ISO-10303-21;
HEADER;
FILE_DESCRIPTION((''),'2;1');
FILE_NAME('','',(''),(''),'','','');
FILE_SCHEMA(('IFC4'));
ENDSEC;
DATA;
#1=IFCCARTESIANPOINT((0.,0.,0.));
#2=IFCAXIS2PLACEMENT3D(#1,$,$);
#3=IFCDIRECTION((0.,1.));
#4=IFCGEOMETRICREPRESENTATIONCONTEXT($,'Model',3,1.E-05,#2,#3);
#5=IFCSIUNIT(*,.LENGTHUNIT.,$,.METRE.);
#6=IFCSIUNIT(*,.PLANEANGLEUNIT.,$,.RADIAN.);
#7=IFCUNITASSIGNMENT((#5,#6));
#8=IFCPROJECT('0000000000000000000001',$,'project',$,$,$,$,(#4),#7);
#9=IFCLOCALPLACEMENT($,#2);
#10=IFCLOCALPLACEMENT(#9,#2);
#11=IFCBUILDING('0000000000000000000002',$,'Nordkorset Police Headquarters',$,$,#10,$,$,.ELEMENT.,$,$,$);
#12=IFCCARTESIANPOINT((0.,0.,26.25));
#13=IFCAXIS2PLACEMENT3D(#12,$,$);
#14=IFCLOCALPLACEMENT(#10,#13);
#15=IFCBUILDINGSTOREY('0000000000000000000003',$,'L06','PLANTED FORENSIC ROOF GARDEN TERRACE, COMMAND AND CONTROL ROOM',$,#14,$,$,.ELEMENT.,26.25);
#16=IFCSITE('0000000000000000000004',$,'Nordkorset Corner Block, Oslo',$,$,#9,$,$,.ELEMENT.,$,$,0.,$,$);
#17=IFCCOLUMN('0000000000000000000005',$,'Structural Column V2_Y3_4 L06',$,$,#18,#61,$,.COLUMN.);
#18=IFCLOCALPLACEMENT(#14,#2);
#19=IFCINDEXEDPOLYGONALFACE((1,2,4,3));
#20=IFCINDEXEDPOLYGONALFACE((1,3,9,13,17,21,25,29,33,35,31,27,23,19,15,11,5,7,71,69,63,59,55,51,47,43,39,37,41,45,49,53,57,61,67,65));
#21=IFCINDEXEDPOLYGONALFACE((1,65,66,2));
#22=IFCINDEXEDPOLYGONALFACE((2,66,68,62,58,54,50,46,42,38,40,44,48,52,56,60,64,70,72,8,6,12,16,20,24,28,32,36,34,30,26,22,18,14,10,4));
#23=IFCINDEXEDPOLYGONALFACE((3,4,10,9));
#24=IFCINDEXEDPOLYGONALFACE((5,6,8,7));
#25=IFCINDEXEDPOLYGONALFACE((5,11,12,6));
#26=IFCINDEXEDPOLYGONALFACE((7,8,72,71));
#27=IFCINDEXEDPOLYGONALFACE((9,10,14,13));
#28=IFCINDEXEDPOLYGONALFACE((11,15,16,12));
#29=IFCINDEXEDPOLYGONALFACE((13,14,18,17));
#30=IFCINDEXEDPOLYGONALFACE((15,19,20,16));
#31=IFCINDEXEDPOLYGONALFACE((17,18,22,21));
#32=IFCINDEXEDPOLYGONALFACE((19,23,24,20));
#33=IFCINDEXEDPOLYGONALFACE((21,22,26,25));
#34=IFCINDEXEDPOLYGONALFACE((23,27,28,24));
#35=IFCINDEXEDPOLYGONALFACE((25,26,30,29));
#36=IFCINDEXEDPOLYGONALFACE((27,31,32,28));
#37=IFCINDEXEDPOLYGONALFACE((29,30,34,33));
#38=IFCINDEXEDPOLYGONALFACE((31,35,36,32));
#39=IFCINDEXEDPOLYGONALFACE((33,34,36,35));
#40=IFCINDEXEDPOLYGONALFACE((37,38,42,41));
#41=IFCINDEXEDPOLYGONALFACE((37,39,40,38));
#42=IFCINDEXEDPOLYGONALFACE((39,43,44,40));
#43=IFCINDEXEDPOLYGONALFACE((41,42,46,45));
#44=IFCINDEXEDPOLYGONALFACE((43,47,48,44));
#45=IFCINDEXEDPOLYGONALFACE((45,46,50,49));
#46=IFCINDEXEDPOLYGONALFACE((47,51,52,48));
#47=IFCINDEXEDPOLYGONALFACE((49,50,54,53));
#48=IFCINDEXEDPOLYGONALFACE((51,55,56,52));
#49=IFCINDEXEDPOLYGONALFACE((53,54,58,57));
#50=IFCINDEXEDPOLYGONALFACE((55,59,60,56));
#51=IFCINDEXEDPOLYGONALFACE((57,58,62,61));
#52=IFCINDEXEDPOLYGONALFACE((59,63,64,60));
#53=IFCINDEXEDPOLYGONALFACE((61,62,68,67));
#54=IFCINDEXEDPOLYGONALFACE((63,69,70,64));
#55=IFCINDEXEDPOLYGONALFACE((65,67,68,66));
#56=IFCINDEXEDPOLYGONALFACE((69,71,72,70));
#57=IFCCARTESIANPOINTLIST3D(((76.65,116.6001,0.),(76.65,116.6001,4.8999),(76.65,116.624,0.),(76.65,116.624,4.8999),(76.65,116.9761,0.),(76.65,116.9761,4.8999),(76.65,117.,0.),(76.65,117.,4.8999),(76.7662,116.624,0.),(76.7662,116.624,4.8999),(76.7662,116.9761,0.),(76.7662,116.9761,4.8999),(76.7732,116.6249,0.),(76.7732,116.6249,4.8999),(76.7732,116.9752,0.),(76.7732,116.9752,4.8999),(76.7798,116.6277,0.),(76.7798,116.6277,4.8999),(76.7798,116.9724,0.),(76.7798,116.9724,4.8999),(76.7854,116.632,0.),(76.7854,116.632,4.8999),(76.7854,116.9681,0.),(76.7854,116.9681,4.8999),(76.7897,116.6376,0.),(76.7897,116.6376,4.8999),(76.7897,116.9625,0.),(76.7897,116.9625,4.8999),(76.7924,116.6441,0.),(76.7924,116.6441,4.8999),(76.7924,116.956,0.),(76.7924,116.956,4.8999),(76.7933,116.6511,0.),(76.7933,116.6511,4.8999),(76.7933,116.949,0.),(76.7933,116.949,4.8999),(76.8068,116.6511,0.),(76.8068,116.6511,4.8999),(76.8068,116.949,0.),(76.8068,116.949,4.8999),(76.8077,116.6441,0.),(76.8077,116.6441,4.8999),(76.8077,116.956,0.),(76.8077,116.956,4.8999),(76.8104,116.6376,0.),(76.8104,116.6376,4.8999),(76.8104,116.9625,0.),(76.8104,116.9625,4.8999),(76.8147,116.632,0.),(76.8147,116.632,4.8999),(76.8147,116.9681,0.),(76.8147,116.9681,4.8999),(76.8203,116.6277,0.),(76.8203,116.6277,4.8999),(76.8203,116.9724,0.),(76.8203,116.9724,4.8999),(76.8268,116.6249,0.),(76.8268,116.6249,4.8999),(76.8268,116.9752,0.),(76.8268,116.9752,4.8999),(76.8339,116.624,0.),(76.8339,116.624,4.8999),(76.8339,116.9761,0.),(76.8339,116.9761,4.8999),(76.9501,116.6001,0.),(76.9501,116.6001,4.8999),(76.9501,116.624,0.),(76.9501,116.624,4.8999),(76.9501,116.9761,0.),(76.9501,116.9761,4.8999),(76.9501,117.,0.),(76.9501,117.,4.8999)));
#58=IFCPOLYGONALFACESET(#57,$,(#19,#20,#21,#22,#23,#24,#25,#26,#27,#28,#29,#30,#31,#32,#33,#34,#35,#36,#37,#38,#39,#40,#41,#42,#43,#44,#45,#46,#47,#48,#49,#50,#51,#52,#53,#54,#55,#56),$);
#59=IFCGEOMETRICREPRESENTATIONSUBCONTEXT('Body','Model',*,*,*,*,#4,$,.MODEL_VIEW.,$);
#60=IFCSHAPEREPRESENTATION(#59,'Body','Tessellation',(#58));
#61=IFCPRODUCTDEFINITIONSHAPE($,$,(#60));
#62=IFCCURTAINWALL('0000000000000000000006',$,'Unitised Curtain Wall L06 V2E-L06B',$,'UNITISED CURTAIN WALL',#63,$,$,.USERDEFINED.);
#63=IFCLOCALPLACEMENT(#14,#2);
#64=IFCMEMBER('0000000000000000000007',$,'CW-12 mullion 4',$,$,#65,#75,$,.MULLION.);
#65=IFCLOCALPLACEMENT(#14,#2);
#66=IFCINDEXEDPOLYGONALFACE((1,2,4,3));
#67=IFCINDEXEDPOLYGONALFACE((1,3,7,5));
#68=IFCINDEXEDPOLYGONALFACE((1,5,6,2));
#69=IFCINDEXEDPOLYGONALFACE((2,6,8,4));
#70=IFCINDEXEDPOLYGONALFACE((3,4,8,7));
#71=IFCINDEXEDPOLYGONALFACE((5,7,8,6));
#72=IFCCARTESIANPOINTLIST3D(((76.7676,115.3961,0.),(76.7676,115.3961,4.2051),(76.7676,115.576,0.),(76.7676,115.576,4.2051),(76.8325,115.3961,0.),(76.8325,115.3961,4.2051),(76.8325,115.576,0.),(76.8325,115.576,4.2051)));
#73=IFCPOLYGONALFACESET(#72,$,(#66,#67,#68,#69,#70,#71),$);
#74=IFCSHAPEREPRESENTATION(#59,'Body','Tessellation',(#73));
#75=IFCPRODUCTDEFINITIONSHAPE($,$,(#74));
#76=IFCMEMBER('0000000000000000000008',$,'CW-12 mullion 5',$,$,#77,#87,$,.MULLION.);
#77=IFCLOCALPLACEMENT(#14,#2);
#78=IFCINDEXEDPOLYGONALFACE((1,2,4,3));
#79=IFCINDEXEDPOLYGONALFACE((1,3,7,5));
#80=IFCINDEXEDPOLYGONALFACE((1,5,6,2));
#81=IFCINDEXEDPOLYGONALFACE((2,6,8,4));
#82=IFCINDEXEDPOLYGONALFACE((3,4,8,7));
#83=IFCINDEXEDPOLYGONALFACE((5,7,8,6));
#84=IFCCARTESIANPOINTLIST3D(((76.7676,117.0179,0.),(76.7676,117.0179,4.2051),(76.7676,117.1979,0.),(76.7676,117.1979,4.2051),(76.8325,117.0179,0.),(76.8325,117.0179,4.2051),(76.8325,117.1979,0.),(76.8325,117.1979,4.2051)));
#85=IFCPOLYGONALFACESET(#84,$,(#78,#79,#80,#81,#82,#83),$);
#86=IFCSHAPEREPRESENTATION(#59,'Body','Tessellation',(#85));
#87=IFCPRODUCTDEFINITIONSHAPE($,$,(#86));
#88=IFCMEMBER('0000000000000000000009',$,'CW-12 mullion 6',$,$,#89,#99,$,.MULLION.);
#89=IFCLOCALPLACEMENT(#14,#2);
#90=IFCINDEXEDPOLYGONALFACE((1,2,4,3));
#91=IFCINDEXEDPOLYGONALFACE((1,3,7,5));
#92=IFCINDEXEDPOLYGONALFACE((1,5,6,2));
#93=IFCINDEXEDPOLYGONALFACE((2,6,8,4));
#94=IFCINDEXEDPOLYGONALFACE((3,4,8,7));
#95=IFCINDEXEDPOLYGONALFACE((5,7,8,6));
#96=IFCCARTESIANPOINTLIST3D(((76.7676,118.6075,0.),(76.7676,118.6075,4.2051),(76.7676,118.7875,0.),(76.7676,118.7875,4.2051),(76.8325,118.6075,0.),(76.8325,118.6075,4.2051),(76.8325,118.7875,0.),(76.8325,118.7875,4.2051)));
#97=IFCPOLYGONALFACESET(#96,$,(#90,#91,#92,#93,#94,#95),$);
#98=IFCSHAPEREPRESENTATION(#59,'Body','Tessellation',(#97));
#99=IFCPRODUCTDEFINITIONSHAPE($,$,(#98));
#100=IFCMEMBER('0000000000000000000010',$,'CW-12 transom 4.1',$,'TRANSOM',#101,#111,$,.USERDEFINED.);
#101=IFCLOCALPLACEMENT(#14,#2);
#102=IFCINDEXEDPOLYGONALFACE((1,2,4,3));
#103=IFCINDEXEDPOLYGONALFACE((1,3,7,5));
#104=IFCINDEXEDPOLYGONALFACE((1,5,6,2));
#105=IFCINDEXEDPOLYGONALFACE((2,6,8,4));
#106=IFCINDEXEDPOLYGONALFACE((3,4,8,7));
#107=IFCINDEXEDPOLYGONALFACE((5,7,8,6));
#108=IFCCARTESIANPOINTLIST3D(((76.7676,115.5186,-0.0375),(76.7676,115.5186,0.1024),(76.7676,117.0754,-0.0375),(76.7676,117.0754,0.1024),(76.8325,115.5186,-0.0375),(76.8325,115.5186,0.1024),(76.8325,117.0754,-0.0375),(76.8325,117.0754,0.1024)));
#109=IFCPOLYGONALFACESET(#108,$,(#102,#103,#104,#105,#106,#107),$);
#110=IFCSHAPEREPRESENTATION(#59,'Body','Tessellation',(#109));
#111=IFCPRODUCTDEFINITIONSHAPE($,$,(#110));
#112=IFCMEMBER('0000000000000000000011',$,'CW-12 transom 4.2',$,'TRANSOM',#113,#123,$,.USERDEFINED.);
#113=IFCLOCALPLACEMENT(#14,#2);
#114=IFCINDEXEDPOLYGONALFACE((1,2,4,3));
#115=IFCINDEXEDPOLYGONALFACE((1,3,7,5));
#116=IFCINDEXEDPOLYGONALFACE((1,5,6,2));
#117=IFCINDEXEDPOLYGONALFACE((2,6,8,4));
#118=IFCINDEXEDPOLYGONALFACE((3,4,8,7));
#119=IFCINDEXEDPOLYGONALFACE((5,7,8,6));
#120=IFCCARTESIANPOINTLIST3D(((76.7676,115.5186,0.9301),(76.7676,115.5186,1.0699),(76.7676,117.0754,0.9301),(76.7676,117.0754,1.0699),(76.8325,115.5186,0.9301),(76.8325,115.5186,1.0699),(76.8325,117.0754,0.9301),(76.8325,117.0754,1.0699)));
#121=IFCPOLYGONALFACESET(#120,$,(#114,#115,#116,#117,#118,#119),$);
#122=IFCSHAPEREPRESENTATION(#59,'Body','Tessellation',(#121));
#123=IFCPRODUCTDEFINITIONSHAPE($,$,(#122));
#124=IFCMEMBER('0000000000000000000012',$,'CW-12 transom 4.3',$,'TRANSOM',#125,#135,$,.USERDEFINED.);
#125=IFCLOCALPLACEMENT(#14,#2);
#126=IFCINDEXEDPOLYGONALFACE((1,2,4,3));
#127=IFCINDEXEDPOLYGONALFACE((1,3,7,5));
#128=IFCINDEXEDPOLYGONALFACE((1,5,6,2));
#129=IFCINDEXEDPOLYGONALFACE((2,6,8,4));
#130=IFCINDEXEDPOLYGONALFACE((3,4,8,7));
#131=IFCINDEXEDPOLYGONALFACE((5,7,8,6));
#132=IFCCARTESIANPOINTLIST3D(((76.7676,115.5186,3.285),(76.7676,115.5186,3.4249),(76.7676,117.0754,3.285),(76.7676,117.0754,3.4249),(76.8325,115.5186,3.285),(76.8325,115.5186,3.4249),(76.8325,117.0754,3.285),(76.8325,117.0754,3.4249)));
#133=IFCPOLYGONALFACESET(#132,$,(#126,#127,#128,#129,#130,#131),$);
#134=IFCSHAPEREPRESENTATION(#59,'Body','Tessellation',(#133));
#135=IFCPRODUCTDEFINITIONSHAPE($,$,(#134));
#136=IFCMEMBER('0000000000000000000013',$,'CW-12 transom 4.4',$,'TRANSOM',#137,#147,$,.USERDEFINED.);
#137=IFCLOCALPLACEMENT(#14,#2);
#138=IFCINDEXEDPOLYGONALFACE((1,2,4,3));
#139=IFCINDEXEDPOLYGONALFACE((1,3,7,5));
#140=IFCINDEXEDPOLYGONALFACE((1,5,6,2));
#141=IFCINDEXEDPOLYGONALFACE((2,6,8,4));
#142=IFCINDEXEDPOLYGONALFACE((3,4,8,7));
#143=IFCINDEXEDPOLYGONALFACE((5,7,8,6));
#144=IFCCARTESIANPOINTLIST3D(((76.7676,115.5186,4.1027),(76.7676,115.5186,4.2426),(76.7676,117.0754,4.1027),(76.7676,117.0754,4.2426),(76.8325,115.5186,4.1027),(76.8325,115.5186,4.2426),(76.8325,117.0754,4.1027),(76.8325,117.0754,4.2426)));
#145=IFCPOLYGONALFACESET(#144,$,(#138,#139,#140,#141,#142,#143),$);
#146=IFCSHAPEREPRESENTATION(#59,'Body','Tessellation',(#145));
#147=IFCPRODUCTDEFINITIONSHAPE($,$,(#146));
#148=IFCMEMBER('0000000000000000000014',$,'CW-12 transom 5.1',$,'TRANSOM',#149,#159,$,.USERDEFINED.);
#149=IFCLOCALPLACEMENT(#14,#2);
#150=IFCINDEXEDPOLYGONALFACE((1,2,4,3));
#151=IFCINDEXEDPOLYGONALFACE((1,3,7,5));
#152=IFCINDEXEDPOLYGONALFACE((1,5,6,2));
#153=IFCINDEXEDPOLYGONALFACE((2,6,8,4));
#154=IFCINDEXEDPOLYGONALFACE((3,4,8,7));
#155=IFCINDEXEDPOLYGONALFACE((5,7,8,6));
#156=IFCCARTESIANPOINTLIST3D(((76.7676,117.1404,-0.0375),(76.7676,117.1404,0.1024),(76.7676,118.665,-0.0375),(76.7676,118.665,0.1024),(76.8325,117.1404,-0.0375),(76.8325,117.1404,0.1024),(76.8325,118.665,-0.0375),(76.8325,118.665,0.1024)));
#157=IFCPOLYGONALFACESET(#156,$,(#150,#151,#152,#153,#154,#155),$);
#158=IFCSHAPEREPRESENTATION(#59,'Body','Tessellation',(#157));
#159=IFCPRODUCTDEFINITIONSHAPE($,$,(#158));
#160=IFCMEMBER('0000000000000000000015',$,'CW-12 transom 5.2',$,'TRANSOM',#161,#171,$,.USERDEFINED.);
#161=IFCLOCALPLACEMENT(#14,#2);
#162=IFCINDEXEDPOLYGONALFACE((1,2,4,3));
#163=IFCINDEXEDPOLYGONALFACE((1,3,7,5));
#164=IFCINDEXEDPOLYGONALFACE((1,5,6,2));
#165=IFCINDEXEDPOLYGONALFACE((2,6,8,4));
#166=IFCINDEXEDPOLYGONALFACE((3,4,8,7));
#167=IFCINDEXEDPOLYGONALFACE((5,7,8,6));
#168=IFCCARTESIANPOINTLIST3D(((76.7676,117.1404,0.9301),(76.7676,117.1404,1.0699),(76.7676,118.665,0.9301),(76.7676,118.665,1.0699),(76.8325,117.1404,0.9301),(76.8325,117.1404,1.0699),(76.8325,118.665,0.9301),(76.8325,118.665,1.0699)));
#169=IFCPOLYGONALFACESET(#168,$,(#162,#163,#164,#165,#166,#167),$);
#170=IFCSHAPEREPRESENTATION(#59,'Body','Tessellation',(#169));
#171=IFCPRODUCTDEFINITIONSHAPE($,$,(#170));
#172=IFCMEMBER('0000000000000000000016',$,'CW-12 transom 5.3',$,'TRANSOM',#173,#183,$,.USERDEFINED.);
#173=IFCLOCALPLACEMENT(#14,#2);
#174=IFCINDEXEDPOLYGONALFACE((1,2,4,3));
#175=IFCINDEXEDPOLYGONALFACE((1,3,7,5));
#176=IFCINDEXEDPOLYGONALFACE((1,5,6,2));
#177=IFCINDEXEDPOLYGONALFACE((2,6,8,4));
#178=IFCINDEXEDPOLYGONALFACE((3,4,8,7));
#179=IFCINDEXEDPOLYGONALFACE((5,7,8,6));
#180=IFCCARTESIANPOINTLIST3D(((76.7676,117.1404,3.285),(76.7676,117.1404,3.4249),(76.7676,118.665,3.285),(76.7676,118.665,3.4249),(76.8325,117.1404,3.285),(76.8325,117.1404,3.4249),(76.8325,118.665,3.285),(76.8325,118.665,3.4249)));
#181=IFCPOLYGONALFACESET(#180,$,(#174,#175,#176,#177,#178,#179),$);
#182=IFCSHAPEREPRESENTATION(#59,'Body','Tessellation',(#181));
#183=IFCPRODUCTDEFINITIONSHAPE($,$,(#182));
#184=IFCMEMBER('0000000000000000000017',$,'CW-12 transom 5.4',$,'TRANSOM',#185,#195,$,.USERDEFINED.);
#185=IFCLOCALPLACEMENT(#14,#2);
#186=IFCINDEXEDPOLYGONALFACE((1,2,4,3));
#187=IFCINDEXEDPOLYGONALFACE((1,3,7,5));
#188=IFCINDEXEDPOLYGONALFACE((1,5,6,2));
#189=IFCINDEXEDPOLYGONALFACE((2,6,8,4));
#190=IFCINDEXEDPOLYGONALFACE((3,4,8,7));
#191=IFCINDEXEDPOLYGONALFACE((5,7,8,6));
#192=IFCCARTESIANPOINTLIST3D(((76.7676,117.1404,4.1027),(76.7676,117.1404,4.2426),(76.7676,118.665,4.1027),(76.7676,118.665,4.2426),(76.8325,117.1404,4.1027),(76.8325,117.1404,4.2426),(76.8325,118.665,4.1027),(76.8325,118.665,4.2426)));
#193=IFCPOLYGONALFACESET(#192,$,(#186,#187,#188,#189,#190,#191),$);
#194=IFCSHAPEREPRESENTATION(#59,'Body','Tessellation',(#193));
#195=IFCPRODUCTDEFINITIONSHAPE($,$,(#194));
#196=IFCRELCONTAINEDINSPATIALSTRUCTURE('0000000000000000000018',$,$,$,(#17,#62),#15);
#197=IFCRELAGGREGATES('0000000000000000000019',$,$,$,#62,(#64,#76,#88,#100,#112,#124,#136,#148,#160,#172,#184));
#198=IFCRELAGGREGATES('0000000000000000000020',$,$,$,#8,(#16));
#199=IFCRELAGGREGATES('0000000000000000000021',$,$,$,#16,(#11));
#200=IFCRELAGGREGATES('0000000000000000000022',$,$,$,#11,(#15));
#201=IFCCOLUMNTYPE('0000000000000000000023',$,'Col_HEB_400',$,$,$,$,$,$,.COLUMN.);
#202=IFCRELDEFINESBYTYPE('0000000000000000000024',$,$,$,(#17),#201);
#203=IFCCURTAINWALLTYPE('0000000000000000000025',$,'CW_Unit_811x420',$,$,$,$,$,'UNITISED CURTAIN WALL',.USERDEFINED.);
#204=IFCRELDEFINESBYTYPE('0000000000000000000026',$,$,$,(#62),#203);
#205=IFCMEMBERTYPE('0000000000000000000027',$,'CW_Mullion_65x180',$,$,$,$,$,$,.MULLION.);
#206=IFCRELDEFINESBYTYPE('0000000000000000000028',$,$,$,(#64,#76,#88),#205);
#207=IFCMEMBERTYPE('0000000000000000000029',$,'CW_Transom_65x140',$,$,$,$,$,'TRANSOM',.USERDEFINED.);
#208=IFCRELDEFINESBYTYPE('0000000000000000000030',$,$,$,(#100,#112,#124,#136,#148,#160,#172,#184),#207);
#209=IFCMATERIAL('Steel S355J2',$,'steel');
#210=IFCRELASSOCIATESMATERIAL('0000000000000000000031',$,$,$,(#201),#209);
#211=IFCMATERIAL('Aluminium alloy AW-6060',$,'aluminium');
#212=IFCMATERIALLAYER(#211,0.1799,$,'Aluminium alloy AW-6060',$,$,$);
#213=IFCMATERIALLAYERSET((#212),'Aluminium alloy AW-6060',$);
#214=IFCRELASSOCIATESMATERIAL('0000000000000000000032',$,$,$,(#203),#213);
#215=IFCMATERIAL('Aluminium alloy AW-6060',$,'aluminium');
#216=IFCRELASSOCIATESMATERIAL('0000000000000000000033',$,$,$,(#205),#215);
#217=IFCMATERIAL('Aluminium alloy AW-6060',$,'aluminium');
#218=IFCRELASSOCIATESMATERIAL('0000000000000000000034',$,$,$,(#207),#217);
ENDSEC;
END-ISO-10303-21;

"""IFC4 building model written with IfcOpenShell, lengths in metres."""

from ifc_helpers import new_model, si_unit, direction, frame, origin, origin_2d, place, context, subcontext, project, spatial, rectangle, i_section, extrude, material, layer, layer_set, material_profile, profile_set, type_object, element, aggregate, save


model = new_model("IFC4")

# Units and contexts
model_context = context("Model", 3, precision=1e-05, world=origin(), true_north=direction((0.0, 1.0)))
body_context = subcontext(model_context, "Body", "Model", "MODEL_VIEW")
ifc_project = project(units=[si_unit("LENGTHUNIT", "METRE"), si_unit("PLANEANGLEUNIT", "RADIAN")], contexts=[model_context])

# Site, building, storey
site_placement = place(None, origin())
site = spatial("IfcSite", under=ifc_project, at=site_placement, Name="Nordkorset Corner Block, Oslo", CompositionType="ELEMENT", RefElevation=0.0)
building_placement = place(site_placement, origin())
building = spatial("IfcBuilding", under=site, at=building_placement, Name="Nordkorset Police Headquarters", CompositionType="ELEMENT")
storey_placement = place(building_placement, frame((0.0, 0.0, 26.25)))
storey = spatial("IfcBuildingStorey", under=building, at=storey_placement, Name="L06", Description="PLANTED FORENSIC ROOF GARDEN TERRACE, COMMAND AND CONTROL ROOM", CompositionType="ELEMENT", Elevation=26.25)

# Column
ifc_material_1 = material(Name="Steel S355J2", Category="steel")
ifc_material_profile_1 = material_profile(ifc_material_1, i_section(OverallWidth=0.3, OverallDepth=0.3999, WebThickness=0.0134, FlangeThickness=0.0239, FilletRadius=0.0271, at=origin_2d()), Name="HEB 400")
ifc_profile_set_1 = profile_set([ifc_material_profile_1], Name="Steel S355J2")
column_type = type_object("IfcColumnType", Name="Col_HEB_400", PredefinedType="COLUMN", material=ifc_profile_set_1)
column_placement = place(storey_placement, frame((76.8, 116.8, 0.0), z_axis=(0.0, 0.0, 1.0), x_axis=(1.0, 0.0, 0.0)))
element("IfcColumn", 1, at=column_placement, inside=storey, type_object=column_type, Name="Structural Column V2_Y3_4 L06", PredefinedType="COLUMN", context=body_context, shape_type="SweptSolid", body=[
    extrude(i_section(OverallWidth=0.3, OverallDepth=0.3999, WebThickness=0.0134, FlangeThickness=0.0239, FilletRadius=0.0271, at=origin_2d()), origin(), (0.0, 0.0, 1.0), 4.8999),
])

# Curtain wall, members
ifc_material_2 = material(Name="Aluminium alloy AW-6060", Category="aluminium")
ifc_layer_1 = layer(ifc_material_2, 0.1799, Name="Aluminium alloy AW-6060")
ifc_layer_set_1 = layer_set([ifc_layer_1], Name="Aluminium alloy AW-6060")
curtain_wall_type = type_object("IfcCurtainWallType", Name="CW_Unit_811x420", ElementType="UNITISED CURTAIN WALL", PredefinedType="USERDEFINED", material=ifc_layer_set_1)
curtain_wall_placement = place(storey_placement, origin())
curtain_wall = element("IfcCurtainWall", 2, at=curtain_wall_placement, inside=storey, type_object=curtain_wall_type, Name="Unitised Curtain Wall L06 V2E-L06B", ObjectType="UNITISED CURTAIN WALL", PredefinedType="USERDEFINED")
ifc_material_3 = material(Name="Aluminium alloy AW-6060", Category="aluminium")
ifc_material_profile_2 = material_profile(ifc_material_3, rectangle(XDim=0.0649, YDim=0.1799, at=origin_2d()), Name="ALU MULL 65x180")
ifc_profile_set_2 = profile_set([ifc_material_profile_2], Name="Aluminium alloy AW-6060")
member_type_1 = type_object("IfcMemberType", Name="CW_Mullion_65x180", PredefinedType="MULLION", material=ifc_profile_set_2)
member_1_placement = place(storey_placement, frame((76.8, 115.4861, 0.0), z_axis=(0.0, 0.0, 1.0), x_axis=(-1.0, 0.0, 0.0)))
member_1 = element("IfcMember", 3, at=member_1_placement, type_object=member_type_1, Name="CW-12 mullion 4", PredefinedType="MULLION", context=body_context, shape_type="SweptSolid", body=[
    extrude(rectangle(XDim=0.0649, YDim=0.1799, at=origin_2d()), origin(), (0.0, 0.0, 1.0), 4.2051),
])
member_2_placement = place(storey_placement, frame((76.8, 117.1079, 0.0), z_axis=(0.0, 0.0, 1.0), x_axis=(-1.0, 0.0, 0.0)))
member_2 = element("IfcMember", 4, at=member_2_placement, type_object=member_type_1, Name="CW-12 mullion 5", PredefinedType="MULLION", context=body_context, shape_type="SweptSolid", body=[
    extrude(rectangle(XDim=0.0649, YDim=0.1799, at=origin_2d()), origin(), (0.0, 0.0, 1.0), 4.2051),
])
member_3_placement = place(storey_placement, frame((76.8, 118.6975, 0.0), z_axis=(0.0, 0.0, 1.0), x_axis=(-1.0, 0.0, 0.0)))
member_3 = element("IfcMember", 5, at=member_3_placement, type_object=member_type_1, Name="CW-12 mullion 6", PredefinedType="MULLION", context=body_context, shape_type="SweptSolid", body=[
    extrude(rectangle(XDim=0.0649, YDim=0.1799, at=origin_2d()), origin(), (0.0, 0.0, 1.0), 4.2051),
])
ifc_material_4 = material(Name="Aluminium alloy AW-6060", Category="aluminium")
ifc_material_profile_3 = material_profile(ifc_material_4, rectangle(XDim=0.0649, YDim=0.1399, at=origin_2d()), Name="ALU TRAN 65x140")
ifc_profile_set_3 = profile_set([ifc_material_profile_3], Name="Aluminium alloy AW-6060")
member_type_2 = type_object("IfcMemberType", Name="CW_Transom_65x140", ElementType="TRANSOM", PredefinedType="USERDEFINED", material=ifc_profile_set_3)
member_4_placement = place(storey_placement, frame((76.8, 115.5186, 0.0325), z_axis=(0.0, 1.0, 0.0), x_axis=(-1.0, 0.0, 0.0)))
member_4 = element("IfcMember", 6, at=member_4_placement, type_object=member_type_2, Name="CW-12 transom 4.1", ObjectType="TRANSOM", PredefinedType="USERDEFINED", context=body_context, shape_type="SweptSolid", body=[
    extrude(rectangle(XDim=0.0649, YDim=0.1399, at=origin_2d()), origin(), (0.0, 0.0, 1.0), 1.5569),
])
member_5_placement = place(storey_placement, frame((76.8, 115.5186, 1.0), z_axis=(0.0, 1.0, 0.0), x_axis=(-1.0, 0.0, 0.0)))
member_5 = element("IfcMember", 7, at=member_5_placement, type_object=member_type_2, Name="CW-12 transom 4.2", ObjectType="TRANSOM", PredefinedType="USERDEFINED", context=body_context, shape_type="SweptSolid", body=[
    extrude(rectangle(XDim=0.0649, YDim=0.1399, at=origin_2d()), origin(), (0.0, 0.0, 1.0), 1.5569),
])
member_6_placement = place(storey_placement, frame((76.8, 115.5186, 3.355), z_axis=(0.0, 1.0, 0.0), x_axis=(-1.0, 0.0, 0.0)))
member_6 = element("IfcMember", 8, at=member_6_placement, type_object=member_type_2, Name="CW-12 transom 4.3", ObjectType="TRANSOM", PredefinedType="USERDEFINED", context=body_context, shape_type="SweptSolid", body=[
    extrude(rectangle(XDim=0.0649, YDim=0.1399, at=origin_2d()), origin(), (0.0, 0.0, 1.0), 1.5569),
])
member_7_placement = place(storey_placement, frame((76.8, 115.5186, 4.1726), z_axis=(0.0, 1.0, 0.0), x_axis=(-1.0, 0.0, 0.0)))
member_7 = element("IfcMember", 9, at=member_7_placement, type_object=member_type_2, Name="CW-12 transom 4.4", ObjectType="TRANSOM", PredefinedType="USERDEFINED", context=body_context, shape_type="SweptSolid", body=[
    extrude(rectangle(XDim=0.0649, YDim=0.1399, at=origin_2d()), origin(), (0.0, 0.0, 1.0), 1.5569),
])
member_8_placement = place(storey_placement, frame((76.8, 117.1404, 0.0325), z_axis=(0.0, 1.0, 0.0), x_axis=(-1.0, 0.0, 0.0)))
member_8 = element("IfcMember", 10, at=member_8_placement, type_object=member_type_2, Name="CW-12 transom 5.1", ObjectType="TRANSOM", PredefinedType="USERDEFINED", context=body_context, shape_type="SweptSolid", body=[
    extrude(rectangle(XDim=0.0649, YDim=0.1399, at=origin_2d()), origin(), (0.0, 0.0, 1.0), 1.5247),
])
member_9_placement = place(storey_placement, frame((76.8, 117.1404, 1.0), z_axis=(0.0, 1.0, 0.0), x_axis=(-1.0, 0.0, 0.0)))
member_9 = element("IfcMember", 11, at=member_9_placement, type_object=member_type_2, Name="CW-12 transom 5.2", ObjectType="TRANSOM", PredefinedType="USERDEFINED", context=body_context, shape_type="SweptSolid", body=[
    extrude(rectangle(XDim=0.0649, YDim=0.1399, at=origin_2d()), origin(), (0.0, 0.0, 1.0), 1.5247),
])
member_10_placement = place(storey_placement, frame((76.8, 117.1404, 3.355), z_axis=(0.0, 1.0, 0.0), x_axis=(-1.0, 0.0, 0.0)))
member_10 = element("IfcMember", 12, at=member_10_placement, type_object=member_type_2, Name="CW-12 transom 5.3", ObjectType="TRANSOM", PredefinedType="USERDEFINED", context=body_context, shape_type="SweptSolid", body=[
    extrude(rectangle(XDim=0.0649, YDim=0.1399, at=origin_2d()), origin(), (0.0, 0.0, 1.0), 1.5247),
])
member_11_placement = place(storey_placement, frame((76.8, 117.1404, 4.1726), z_axis=(0.0, 1.0, 0.0), x_axis=(-1.0, 0.0, 0.0)))
member_11 = element("IfcMember", 13, at=member_11_placement, type_object=member_type_2, Name="CW-12 transom 5.4", ObjectType="TRANSOM", PredefinedType="USERDEFINED", context=body_context, shape_type="SweptSolid", body=[
    extrude(rectangle(XDim=0.0649, YDim=0.1399, at=origin_2d()), origin(), (0.0, 0.0, 1.0), 1.5247),
])
aggregate(curtain_wall, [member_1, member_2, member_3, member_4, member_5, member_6, member_7, member_8, member_9, member_10, member_11])

save(model, "model.ifc")
